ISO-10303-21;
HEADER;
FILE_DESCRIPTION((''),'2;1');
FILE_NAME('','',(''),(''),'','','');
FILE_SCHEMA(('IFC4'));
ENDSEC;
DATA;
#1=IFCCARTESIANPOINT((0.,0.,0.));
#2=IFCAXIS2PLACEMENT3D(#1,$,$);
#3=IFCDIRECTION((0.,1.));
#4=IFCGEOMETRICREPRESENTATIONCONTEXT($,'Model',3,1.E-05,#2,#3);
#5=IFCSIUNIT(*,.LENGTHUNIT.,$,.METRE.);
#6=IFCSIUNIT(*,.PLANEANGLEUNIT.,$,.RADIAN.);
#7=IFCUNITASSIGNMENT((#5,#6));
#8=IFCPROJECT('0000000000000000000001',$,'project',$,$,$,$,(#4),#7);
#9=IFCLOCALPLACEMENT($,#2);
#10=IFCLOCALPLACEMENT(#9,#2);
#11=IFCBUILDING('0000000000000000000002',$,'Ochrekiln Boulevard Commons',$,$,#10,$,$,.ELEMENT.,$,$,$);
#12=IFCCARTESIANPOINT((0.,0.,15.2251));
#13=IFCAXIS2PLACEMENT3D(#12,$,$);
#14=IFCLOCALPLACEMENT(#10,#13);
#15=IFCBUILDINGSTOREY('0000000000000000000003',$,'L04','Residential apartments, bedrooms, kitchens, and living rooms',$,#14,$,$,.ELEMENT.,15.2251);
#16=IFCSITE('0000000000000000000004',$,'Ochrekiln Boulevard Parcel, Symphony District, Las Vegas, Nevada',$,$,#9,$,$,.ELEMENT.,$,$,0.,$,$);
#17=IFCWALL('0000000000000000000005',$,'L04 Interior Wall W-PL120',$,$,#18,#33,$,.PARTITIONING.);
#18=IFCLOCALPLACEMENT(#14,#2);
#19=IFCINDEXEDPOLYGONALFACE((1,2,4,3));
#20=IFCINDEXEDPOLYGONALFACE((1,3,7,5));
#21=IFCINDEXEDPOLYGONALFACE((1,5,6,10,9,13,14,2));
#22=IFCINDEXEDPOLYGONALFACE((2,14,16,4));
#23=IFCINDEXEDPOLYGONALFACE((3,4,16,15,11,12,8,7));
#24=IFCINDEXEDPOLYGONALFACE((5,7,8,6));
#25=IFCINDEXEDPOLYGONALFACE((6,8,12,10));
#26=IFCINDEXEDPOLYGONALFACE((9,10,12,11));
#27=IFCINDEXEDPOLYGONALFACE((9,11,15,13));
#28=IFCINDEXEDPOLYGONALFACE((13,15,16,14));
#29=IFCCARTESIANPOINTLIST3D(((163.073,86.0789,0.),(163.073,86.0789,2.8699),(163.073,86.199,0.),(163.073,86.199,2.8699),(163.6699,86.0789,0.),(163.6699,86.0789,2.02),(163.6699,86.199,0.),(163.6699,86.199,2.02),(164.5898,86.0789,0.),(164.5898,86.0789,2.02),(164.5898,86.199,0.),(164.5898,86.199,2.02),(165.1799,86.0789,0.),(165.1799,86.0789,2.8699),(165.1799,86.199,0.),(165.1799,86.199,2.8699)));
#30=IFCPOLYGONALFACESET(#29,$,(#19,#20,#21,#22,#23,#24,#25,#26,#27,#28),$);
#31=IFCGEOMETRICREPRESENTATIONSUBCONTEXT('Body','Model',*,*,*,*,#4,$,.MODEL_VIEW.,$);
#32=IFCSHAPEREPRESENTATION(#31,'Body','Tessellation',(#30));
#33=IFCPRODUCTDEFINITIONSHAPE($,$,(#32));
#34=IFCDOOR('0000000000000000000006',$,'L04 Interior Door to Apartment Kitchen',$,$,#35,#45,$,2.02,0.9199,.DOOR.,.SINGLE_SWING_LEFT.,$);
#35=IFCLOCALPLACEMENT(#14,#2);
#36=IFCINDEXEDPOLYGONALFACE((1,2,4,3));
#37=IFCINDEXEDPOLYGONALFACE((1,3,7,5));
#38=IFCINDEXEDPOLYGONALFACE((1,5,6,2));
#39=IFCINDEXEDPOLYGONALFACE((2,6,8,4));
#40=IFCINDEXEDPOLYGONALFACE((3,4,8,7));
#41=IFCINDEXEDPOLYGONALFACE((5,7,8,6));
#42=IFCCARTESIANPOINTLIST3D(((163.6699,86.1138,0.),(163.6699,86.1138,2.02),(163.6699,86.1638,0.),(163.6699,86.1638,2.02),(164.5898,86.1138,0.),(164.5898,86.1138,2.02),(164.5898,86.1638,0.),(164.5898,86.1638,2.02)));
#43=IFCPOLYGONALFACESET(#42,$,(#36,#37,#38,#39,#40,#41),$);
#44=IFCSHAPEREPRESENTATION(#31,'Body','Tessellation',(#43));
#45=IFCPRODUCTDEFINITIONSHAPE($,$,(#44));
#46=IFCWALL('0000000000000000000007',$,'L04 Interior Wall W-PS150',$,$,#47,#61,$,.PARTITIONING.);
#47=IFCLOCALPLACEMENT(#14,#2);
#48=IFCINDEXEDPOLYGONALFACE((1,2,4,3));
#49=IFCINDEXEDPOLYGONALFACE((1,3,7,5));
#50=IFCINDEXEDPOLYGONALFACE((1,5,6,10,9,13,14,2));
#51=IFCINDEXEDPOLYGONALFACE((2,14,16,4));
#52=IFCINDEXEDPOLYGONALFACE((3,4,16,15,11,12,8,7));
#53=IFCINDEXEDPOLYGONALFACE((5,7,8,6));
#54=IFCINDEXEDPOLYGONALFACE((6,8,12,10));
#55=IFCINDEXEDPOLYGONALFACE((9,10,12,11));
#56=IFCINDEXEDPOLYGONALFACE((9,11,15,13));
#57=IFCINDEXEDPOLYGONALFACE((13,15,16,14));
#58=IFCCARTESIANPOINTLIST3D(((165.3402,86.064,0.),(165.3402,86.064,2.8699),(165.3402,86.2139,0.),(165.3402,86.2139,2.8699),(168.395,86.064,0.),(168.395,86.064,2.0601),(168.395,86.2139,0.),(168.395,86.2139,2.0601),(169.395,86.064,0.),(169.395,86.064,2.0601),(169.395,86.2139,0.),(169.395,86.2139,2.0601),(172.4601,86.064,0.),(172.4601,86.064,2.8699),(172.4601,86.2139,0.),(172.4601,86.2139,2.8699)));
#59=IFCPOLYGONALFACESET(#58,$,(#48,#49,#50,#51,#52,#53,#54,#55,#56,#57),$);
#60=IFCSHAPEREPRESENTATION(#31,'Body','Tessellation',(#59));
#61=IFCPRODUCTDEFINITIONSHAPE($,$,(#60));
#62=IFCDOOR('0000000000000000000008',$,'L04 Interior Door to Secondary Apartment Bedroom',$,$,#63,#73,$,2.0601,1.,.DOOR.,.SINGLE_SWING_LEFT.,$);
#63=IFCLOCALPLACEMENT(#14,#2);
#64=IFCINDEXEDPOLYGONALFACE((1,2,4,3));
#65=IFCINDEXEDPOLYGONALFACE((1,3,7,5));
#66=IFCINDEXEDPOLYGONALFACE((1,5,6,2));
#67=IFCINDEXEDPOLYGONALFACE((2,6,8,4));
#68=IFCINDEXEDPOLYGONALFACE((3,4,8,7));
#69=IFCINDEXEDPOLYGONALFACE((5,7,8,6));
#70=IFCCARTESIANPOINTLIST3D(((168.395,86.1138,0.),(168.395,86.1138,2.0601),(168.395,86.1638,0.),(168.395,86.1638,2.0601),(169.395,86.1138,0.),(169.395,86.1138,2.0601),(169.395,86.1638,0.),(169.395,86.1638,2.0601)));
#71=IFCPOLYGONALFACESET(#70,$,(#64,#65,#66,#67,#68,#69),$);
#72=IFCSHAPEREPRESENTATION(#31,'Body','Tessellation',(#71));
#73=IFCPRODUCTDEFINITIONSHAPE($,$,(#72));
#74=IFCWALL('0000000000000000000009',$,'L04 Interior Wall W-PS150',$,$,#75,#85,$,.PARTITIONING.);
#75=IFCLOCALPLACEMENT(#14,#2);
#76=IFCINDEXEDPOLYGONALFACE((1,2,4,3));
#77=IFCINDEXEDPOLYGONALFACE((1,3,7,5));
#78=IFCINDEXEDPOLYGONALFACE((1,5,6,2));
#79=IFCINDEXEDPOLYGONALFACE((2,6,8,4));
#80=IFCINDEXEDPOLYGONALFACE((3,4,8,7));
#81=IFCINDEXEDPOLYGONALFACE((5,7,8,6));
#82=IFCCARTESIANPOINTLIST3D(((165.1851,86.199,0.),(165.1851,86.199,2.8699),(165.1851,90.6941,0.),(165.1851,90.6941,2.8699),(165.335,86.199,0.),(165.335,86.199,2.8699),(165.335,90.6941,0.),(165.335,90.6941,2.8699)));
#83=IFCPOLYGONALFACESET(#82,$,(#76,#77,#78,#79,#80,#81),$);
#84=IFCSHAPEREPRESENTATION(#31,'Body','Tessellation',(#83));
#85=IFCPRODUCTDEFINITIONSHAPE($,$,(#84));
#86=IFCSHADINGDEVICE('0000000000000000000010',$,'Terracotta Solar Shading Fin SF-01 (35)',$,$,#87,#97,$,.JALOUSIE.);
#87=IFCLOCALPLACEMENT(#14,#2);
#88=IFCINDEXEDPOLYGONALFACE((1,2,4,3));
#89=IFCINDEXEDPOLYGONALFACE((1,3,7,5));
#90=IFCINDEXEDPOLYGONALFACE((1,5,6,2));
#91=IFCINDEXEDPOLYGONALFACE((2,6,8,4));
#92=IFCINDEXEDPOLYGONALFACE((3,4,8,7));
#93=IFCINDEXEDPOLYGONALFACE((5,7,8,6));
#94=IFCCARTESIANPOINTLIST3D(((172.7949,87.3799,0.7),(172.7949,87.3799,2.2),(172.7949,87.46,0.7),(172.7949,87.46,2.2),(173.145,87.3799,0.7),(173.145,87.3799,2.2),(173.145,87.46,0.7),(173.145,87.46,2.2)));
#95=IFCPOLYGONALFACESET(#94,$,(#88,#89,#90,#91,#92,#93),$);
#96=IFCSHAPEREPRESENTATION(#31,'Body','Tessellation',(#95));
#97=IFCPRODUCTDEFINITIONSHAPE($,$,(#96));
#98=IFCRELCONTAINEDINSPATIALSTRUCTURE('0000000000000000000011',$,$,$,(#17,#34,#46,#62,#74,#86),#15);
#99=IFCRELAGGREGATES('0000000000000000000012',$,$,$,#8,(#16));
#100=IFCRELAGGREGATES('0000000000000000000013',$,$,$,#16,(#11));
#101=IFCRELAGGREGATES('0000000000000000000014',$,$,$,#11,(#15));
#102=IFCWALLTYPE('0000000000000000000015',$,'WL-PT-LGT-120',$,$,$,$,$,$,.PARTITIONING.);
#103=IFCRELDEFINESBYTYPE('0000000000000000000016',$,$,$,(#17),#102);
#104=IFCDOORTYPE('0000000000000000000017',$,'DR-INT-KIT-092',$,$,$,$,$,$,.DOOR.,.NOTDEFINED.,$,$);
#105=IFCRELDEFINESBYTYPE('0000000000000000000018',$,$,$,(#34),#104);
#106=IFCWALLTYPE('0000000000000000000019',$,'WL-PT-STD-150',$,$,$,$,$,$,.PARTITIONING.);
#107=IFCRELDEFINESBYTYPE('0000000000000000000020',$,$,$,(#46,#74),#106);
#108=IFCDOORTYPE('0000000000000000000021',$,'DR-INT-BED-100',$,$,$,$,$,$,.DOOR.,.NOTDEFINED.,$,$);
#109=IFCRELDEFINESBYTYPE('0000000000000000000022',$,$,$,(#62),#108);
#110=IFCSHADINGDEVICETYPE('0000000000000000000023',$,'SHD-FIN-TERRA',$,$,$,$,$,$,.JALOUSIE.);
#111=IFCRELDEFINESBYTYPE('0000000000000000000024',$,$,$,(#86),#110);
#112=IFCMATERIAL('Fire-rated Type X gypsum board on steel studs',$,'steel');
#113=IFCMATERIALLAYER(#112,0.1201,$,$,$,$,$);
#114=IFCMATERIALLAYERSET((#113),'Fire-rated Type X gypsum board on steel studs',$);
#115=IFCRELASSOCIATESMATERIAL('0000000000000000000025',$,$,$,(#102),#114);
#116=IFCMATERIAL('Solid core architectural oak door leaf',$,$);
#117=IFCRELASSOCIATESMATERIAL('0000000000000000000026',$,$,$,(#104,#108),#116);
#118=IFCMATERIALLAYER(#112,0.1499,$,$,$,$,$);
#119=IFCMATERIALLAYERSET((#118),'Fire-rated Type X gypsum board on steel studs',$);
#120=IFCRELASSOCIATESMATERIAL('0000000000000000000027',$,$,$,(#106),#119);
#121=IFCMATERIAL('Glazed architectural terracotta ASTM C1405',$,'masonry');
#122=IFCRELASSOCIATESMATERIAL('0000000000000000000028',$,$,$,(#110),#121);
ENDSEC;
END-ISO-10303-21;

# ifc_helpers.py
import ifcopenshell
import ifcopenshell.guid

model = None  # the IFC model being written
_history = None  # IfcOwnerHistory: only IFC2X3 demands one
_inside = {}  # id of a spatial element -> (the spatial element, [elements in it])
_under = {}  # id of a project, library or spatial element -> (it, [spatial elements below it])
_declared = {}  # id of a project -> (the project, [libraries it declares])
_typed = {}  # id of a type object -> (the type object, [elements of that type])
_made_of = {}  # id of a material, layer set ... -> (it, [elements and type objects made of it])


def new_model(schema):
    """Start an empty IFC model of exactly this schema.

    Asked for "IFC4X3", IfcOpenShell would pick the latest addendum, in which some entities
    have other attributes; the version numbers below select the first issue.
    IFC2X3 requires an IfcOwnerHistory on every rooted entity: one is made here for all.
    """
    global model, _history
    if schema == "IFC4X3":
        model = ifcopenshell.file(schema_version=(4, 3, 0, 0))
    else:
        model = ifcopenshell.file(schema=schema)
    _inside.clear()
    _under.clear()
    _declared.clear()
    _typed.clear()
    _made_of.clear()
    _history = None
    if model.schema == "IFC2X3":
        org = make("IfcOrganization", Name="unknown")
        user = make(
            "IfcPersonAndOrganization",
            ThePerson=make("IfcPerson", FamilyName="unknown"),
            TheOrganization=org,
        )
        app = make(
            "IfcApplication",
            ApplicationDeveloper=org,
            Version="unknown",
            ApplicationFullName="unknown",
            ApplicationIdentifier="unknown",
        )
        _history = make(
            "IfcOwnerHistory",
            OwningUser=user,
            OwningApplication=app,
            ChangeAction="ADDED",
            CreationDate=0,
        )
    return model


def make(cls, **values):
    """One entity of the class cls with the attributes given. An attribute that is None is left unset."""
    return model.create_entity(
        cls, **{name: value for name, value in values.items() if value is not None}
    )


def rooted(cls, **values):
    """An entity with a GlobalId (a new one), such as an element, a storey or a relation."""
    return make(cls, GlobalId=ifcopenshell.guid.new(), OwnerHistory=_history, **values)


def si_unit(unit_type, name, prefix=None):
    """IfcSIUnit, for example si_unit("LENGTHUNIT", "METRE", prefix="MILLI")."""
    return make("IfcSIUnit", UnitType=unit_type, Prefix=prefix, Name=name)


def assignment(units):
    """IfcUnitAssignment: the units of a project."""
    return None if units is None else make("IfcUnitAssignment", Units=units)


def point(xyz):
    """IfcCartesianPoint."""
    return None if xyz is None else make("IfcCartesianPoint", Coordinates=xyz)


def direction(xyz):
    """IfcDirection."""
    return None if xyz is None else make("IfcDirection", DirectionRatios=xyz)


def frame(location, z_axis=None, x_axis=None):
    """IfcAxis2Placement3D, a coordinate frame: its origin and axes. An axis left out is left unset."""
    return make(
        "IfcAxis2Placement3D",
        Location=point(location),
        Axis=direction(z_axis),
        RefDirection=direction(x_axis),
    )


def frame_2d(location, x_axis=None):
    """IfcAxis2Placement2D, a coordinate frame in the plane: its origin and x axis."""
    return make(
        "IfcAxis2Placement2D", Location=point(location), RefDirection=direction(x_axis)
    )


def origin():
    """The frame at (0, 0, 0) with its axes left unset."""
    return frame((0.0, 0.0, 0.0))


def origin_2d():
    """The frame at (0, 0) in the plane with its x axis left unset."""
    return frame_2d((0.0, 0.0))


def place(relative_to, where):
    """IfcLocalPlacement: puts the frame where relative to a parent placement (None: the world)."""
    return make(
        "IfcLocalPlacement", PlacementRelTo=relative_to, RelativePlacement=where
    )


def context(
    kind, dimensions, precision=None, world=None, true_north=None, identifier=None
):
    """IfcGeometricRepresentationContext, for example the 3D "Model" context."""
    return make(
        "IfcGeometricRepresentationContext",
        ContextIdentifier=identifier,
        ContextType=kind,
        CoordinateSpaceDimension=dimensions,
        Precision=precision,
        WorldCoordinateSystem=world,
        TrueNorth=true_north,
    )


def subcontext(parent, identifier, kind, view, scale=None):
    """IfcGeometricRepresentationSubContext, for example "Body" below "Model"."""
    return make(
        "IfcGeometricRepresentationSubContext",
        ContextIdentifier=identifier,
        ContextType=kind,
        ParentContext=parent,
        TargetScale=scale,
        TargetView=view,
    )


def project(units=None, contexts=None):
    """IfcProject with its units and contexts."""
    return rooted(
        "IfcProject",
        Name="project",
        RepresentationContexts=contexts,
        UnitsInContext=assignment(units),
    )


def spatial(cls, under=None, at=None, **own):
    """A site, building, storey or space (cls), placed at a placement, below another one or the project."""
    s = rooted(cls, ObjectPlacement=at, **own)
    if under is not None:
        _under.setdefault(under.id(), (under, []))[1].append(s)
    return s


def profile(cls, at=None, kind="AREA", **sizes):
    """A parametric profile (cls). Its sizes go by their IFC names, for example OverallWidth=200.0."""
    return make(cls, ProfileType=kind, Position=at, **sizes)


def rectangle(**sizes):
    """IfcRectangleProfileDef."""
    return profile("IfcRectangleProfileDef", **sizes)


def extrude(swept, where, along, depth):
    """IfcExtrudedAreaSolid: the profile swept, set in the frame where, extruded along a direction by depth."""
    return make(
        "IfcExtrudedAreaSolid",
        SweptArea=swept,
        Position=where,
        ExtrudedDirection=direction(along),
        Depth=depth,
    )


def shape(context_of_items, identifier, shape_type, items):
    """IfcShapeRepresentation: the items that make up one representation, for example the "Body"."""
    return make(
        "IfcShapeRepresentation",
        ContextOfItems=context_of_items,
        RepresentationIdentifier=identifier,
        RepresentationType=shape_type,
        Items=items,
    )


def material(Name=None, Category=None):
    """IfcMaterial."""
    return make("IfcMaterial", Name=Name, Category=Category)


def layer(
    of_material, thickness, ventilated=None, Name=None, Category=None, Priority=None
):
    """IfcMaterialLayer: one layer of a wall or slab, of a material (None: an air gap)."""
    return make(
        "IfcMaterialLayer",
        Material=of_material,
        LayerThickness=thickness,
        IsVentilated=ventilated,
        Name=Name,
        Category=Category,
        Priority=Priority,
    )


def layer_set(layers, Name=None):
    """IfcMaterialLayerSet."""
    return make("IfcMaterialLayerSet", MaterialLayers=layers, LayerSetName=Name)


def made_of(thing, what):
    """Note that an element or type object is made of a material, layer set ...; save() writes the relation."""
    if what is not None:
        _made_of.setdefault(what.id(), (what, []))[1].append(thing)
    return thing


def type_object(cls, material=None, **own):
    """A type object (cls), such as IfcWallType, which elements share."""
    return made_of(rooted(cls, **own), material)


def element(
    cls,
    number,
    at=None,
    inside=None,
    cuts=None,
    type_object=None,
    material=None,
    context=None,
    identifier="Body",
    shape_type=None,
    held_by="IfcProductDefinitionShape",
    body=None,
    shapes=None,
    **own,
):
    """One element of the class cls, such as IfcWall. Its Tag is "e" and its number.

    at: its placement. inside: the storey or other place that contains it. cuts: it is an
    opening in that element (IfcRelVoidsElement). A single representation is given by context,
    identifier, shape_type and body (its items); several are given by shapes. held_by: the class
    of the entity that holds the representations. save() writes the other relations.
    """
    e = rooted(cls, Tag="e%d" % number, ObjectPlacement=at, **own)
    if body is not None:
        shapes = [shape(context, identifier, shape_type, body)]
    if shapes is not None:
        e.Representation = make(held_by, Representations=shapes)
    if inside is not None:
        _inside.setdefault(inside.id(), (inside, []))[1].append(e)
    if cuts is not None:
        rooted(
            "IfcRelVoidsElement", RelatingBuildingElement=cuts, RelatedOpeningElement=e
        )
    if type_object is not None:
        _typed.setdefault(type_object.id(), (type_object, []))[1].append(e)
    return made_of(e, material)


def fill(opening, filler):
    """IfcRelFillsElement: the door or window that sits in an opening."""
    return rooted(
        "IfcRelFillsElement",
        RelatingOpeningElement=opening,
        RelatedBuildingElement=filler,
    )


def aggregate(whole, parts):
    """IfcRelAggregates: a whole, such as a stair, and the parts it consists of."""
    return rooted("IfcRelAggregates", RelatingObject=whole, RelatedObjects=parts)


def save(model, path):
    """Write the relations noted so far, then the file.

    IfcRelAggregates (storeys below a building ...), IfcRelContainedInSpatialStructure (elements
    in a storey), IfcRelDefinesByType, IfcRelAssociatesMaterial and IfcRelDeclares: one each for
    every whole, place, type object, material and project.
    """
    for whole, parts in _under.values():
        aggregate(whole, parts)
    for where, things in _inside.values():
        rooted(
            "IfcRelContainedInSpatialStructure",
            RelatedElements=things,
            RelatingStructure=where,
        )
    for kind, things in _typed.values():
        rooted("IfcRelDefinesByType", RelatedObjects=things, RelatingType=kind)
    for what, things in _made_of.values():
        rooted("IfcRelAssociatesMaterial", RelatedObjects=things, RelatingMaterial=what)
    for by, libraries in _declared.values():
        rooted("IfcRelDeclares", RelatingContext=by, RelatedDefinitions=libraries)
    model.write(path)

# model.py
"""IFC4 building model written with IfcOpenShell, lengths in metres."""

from ifc_helpers import new_model, si_unit, direction, frame, frame_2d, origin, origin_2d, place, context, subcontext, project, spatial, rectangle, extrude, material, layer, layer_set, type_object, element, fill, save


model = new_model("IFC4")

# Units and contexts
model_context = context("Model", 3, precision=1e-05, world=origin(), true_north=direction((0.0, 1.0)))
body_context = subcontext(model_context, "Body", "Model", "MODEL_VIEW")
ifc_project = project(units=[si_unit("LENGTHUNIT", "METRE"), si_unit("PLANEANGLEUNIT", "RADIAN")], contexts=[model_context])

# Site, building, storey
site_placement = place(None, origin())
site = spatial("IfcSite", under=ifc_project, at=site_placement, Name="Ochrekiln Boulevard Parcel, Symphony District, Las Vegas, Nevada", CompositionType="ELEMENT", RefElevation=0.0)
building_placement = place(site_placement, origin())
building = spatial("IfcBuilding", under=site, at=building_placement, Name="Ochrekiln Boulevard Commons", CompositionType="ELEMENT")
storey_placement = place(building_placement, frame((0.0, 0.0, 15.2251)))
storey = spatial("IfcBuildingStorey", under=building, at=storey_placement, Name="L04", Description="Residential apartments, bedrooms, kitchens, and living rooms", CompositionType="ELEMENT", Elevation=15.2251)

# Shared definitions
ifc_material_1 = material(Name="Fire-rated Type X gypsum board on steel studs", Category="steel")
ifc_material_2 = material(Name="Solid core architectural oak door leaf")

# Walls, openings, doors
ifc_layer_1 = layer(ifc_material_1, 0.1201)
ifc_layer_set_1 = layer_set([ifc_layer_1], Name="Fire-rated Type X gypsum board on steel studs")
wall_type_1 = type_object("IfcWallType", Name="WL-PT-LGT-120", PredefinedType="PARTITIONING", material=ifc_layer_set_1)
wall_1_placement = place(storey_placement, frame((163.073, 86.1389, 0.0), z_axis=(0.0, 0.0, 1.0), x_axis=(1.0, 0.0, 0.0)))
wall_1 = element("IfcWall", 1, at=wall_1_placement, inside=storey, type_object=wall_type_1, Name="L04 Interior Wall W-PL120", PredefinedType="PARTITIONING", context=body_context, shape_type="SweptSolid", body=[
    extrude(rectangle(XDim=2.1069, YDim=0.1201, at=frame_2d((1.0535, 0.0))), origin(), (0.0, 0.0, 1.0), 2.8699),
])
opening_1_placement = place(wall_1_placement, frame((0.5969, 0.0, 0.0)))
opening_1 = element("IfcOpeningElement", 2, at=opening_1_placement, cuts=wall_1, PredefinedType="OPENING", context=body_context, shape_type="SweptSolid", body=[
    extrude(rectangle(XDim=0.9199, YDim=2.02, at=frame_2d((0.46, 1.01))), frame((0.0, 0.0701, 0.0), z_axis=(0.0, -1.0, 0.0), x_axis=(1.0, 0.0, 0.0)), (0.0, 0.0, 1.0), 0.1401),
])
door_type_1 = type_object("IfcDoorType", Name="DR-INT-KIT-092", OperationType="NOTDEFINED", PredefinedType="DOOR", material=ifc_material_2)
door_1_placement = place(opening_1_placement, origin())
door_1 = element("IfcDoor", 3, at=door_1_placement, inside=storey, type_object=door_type_1, Name="L04 Interior Door to Apartment Kitchen", OperationType="SINGLE_SWING_LEFT", OverallHeight=2.02, OverallWidth=0.9199, PredefinedType="DOOR", context=body_context, shape_type="SweptSolid", body=[
    extrude(rectangle(XDim=0.9199, YDim=2.02, at=frame_2d((0.46, 1.01))), frame((0.0, 0.0249, 0.0), z_axis=(0.0, -1.0, 0.0), x_axis=(1.0, 0.0, 0.0)), (0.0, 0.0, 1.0), 0.05),
])
fill(opening_1, door_1)
ifc_layer_2 = layer(ifc_material_1, 0.1499)
ifc_layer_set_2 = layer_set([ifc_layer_2], Name="Fire-rated Type X gypsum board on steel studs")
wall_type_2 = type_object("IfcWallType", Name="WL-PT-STD-150", PredefinedType="PARTITIONING", material=ifc_layer_set_2)
wall_2_placement = place(storey_placement, frame((165.3401, 86.1389, 0.0), z_axis=(0.0, 0.0, 1.0), x_axis=(1.0, 0.0, 0.0)))
wall_2 = element("IfcWall", 4, at=wall_2_placement, inside=storey, type_object=wall_type_2, Name="L04 Interior Wall W-PS150", PredefinedType="PARTITIONING", context=body_context, shape_type="SweptSolid", body=[
    extrude(rectangle(XDim=7.1199, YDim=0.1499, at=frame_2d((3.5601, 0.0))), origin(), (0.0, 0.0, 1.0), 2.8699),
])
opening_2_placement = place(wall_2_placement, frame((3.0549, 0.0, 0.0)))
opening_2 = element("IfcOpeningElement", 5, at=opening_2_placement, cuts=wall_2, PredefinedType="OPENING", context=body_context, shape_type="SweptSolid", body=[
    extrude(rectangle(XDim=1.0, YDim=2.0601, at=frame_2d((0.5, 1.03))), frame((0.0, 0.085, 0.0), z_axis=(0.0, -1.0, 0.0), x_axis=(1.0, 0.0, 0.0)), (0.0, 0.0, 1.0), 0.1699),
])
door_type_2 = type_object("IfcDoorType", Name="DR-INT-BED-100", OperationType="NOTDEFINED", PredefinedType="DOOR", material=ifc_material_2)
door_2_placement = place(opening_2_placement, origin())
door_2 = element("IfcDoor", 6, at=door_2_placement, inside=storey, type_object=door_type_2, Name="L04 Interior Door to Secondary Apartment Bedroom", OperationType="SINGLE_SWING_LEFT", OverallHeight=2.0601, OverallWidth=1.0, PredefinedType="DOOR", context=body_context, shape_type="SweptSolid", body=[
    extrude(rectangle(XDim=1.0, YDim=2.0601, at=frame_2d((0.5, 1.03))), frame((0.0, 0.0249, 0.0), z_axis=(0.0, -1.0, 0.0), x_axis=(1.0, 0.0, 0.0)), (0.0, 0.0, 1.0), 0.05),
])
fill(opening_2, door_2)

# Wall
wall_3_placement = place(storey_placement, frame((165.26, 86.199, 0.0), z_axis=(0.0, 0.0, 1.0), x_axis=(0.0, 1.0, 0.0)))
element("IfcWall", 7, at=wall_3_placement, inside=storey, type_object=wall_type_2, Name="L04 Interior Wall W-PS150", PredefinedType="PARTITIONING", context=body_context, shape_type="SweptSolid", body=[
    extrude(rectangle(XDim=4.4951, YDim=0.1499, at=frame_2d((2.2476, 0.0))), origin(), (0.0, 0.0, 1.0), 2.8699),
])

# Shading device
ifc_material_3 = material(Name="Glazed architectural terracotta ASTM C1405", Category="masonry")
shading_device_type = type_object("IfcShadingDeviceType", Name="SHD-FIN-TERRA", PredefinedType="JALOUSIE", material=ifc_material_3)
shading_device_placement = place(storey_placement, frame((172.97, 87.4199, 0.7), z_axis=(0.0, 0.0, 1.0), x_axis=(1.0, 0.0, 0.0)))
element("IfcShadingDevice", 8, at=shading_device_placement, inside=storey, type_object=shading_device_type, Name="Terracotta Solar Shading Fin SF-01 (35)", PredefinedType="JALOUSIE", context=body_context, shape_type="SweptSolid", body=[
    extrude(rectangle(XDim=0.3501, YDim=0.0801, at=origin_2d()), origin(), (0.0, 0.0, 1.0), 1.5),
])

save(model, "model.ifc")
